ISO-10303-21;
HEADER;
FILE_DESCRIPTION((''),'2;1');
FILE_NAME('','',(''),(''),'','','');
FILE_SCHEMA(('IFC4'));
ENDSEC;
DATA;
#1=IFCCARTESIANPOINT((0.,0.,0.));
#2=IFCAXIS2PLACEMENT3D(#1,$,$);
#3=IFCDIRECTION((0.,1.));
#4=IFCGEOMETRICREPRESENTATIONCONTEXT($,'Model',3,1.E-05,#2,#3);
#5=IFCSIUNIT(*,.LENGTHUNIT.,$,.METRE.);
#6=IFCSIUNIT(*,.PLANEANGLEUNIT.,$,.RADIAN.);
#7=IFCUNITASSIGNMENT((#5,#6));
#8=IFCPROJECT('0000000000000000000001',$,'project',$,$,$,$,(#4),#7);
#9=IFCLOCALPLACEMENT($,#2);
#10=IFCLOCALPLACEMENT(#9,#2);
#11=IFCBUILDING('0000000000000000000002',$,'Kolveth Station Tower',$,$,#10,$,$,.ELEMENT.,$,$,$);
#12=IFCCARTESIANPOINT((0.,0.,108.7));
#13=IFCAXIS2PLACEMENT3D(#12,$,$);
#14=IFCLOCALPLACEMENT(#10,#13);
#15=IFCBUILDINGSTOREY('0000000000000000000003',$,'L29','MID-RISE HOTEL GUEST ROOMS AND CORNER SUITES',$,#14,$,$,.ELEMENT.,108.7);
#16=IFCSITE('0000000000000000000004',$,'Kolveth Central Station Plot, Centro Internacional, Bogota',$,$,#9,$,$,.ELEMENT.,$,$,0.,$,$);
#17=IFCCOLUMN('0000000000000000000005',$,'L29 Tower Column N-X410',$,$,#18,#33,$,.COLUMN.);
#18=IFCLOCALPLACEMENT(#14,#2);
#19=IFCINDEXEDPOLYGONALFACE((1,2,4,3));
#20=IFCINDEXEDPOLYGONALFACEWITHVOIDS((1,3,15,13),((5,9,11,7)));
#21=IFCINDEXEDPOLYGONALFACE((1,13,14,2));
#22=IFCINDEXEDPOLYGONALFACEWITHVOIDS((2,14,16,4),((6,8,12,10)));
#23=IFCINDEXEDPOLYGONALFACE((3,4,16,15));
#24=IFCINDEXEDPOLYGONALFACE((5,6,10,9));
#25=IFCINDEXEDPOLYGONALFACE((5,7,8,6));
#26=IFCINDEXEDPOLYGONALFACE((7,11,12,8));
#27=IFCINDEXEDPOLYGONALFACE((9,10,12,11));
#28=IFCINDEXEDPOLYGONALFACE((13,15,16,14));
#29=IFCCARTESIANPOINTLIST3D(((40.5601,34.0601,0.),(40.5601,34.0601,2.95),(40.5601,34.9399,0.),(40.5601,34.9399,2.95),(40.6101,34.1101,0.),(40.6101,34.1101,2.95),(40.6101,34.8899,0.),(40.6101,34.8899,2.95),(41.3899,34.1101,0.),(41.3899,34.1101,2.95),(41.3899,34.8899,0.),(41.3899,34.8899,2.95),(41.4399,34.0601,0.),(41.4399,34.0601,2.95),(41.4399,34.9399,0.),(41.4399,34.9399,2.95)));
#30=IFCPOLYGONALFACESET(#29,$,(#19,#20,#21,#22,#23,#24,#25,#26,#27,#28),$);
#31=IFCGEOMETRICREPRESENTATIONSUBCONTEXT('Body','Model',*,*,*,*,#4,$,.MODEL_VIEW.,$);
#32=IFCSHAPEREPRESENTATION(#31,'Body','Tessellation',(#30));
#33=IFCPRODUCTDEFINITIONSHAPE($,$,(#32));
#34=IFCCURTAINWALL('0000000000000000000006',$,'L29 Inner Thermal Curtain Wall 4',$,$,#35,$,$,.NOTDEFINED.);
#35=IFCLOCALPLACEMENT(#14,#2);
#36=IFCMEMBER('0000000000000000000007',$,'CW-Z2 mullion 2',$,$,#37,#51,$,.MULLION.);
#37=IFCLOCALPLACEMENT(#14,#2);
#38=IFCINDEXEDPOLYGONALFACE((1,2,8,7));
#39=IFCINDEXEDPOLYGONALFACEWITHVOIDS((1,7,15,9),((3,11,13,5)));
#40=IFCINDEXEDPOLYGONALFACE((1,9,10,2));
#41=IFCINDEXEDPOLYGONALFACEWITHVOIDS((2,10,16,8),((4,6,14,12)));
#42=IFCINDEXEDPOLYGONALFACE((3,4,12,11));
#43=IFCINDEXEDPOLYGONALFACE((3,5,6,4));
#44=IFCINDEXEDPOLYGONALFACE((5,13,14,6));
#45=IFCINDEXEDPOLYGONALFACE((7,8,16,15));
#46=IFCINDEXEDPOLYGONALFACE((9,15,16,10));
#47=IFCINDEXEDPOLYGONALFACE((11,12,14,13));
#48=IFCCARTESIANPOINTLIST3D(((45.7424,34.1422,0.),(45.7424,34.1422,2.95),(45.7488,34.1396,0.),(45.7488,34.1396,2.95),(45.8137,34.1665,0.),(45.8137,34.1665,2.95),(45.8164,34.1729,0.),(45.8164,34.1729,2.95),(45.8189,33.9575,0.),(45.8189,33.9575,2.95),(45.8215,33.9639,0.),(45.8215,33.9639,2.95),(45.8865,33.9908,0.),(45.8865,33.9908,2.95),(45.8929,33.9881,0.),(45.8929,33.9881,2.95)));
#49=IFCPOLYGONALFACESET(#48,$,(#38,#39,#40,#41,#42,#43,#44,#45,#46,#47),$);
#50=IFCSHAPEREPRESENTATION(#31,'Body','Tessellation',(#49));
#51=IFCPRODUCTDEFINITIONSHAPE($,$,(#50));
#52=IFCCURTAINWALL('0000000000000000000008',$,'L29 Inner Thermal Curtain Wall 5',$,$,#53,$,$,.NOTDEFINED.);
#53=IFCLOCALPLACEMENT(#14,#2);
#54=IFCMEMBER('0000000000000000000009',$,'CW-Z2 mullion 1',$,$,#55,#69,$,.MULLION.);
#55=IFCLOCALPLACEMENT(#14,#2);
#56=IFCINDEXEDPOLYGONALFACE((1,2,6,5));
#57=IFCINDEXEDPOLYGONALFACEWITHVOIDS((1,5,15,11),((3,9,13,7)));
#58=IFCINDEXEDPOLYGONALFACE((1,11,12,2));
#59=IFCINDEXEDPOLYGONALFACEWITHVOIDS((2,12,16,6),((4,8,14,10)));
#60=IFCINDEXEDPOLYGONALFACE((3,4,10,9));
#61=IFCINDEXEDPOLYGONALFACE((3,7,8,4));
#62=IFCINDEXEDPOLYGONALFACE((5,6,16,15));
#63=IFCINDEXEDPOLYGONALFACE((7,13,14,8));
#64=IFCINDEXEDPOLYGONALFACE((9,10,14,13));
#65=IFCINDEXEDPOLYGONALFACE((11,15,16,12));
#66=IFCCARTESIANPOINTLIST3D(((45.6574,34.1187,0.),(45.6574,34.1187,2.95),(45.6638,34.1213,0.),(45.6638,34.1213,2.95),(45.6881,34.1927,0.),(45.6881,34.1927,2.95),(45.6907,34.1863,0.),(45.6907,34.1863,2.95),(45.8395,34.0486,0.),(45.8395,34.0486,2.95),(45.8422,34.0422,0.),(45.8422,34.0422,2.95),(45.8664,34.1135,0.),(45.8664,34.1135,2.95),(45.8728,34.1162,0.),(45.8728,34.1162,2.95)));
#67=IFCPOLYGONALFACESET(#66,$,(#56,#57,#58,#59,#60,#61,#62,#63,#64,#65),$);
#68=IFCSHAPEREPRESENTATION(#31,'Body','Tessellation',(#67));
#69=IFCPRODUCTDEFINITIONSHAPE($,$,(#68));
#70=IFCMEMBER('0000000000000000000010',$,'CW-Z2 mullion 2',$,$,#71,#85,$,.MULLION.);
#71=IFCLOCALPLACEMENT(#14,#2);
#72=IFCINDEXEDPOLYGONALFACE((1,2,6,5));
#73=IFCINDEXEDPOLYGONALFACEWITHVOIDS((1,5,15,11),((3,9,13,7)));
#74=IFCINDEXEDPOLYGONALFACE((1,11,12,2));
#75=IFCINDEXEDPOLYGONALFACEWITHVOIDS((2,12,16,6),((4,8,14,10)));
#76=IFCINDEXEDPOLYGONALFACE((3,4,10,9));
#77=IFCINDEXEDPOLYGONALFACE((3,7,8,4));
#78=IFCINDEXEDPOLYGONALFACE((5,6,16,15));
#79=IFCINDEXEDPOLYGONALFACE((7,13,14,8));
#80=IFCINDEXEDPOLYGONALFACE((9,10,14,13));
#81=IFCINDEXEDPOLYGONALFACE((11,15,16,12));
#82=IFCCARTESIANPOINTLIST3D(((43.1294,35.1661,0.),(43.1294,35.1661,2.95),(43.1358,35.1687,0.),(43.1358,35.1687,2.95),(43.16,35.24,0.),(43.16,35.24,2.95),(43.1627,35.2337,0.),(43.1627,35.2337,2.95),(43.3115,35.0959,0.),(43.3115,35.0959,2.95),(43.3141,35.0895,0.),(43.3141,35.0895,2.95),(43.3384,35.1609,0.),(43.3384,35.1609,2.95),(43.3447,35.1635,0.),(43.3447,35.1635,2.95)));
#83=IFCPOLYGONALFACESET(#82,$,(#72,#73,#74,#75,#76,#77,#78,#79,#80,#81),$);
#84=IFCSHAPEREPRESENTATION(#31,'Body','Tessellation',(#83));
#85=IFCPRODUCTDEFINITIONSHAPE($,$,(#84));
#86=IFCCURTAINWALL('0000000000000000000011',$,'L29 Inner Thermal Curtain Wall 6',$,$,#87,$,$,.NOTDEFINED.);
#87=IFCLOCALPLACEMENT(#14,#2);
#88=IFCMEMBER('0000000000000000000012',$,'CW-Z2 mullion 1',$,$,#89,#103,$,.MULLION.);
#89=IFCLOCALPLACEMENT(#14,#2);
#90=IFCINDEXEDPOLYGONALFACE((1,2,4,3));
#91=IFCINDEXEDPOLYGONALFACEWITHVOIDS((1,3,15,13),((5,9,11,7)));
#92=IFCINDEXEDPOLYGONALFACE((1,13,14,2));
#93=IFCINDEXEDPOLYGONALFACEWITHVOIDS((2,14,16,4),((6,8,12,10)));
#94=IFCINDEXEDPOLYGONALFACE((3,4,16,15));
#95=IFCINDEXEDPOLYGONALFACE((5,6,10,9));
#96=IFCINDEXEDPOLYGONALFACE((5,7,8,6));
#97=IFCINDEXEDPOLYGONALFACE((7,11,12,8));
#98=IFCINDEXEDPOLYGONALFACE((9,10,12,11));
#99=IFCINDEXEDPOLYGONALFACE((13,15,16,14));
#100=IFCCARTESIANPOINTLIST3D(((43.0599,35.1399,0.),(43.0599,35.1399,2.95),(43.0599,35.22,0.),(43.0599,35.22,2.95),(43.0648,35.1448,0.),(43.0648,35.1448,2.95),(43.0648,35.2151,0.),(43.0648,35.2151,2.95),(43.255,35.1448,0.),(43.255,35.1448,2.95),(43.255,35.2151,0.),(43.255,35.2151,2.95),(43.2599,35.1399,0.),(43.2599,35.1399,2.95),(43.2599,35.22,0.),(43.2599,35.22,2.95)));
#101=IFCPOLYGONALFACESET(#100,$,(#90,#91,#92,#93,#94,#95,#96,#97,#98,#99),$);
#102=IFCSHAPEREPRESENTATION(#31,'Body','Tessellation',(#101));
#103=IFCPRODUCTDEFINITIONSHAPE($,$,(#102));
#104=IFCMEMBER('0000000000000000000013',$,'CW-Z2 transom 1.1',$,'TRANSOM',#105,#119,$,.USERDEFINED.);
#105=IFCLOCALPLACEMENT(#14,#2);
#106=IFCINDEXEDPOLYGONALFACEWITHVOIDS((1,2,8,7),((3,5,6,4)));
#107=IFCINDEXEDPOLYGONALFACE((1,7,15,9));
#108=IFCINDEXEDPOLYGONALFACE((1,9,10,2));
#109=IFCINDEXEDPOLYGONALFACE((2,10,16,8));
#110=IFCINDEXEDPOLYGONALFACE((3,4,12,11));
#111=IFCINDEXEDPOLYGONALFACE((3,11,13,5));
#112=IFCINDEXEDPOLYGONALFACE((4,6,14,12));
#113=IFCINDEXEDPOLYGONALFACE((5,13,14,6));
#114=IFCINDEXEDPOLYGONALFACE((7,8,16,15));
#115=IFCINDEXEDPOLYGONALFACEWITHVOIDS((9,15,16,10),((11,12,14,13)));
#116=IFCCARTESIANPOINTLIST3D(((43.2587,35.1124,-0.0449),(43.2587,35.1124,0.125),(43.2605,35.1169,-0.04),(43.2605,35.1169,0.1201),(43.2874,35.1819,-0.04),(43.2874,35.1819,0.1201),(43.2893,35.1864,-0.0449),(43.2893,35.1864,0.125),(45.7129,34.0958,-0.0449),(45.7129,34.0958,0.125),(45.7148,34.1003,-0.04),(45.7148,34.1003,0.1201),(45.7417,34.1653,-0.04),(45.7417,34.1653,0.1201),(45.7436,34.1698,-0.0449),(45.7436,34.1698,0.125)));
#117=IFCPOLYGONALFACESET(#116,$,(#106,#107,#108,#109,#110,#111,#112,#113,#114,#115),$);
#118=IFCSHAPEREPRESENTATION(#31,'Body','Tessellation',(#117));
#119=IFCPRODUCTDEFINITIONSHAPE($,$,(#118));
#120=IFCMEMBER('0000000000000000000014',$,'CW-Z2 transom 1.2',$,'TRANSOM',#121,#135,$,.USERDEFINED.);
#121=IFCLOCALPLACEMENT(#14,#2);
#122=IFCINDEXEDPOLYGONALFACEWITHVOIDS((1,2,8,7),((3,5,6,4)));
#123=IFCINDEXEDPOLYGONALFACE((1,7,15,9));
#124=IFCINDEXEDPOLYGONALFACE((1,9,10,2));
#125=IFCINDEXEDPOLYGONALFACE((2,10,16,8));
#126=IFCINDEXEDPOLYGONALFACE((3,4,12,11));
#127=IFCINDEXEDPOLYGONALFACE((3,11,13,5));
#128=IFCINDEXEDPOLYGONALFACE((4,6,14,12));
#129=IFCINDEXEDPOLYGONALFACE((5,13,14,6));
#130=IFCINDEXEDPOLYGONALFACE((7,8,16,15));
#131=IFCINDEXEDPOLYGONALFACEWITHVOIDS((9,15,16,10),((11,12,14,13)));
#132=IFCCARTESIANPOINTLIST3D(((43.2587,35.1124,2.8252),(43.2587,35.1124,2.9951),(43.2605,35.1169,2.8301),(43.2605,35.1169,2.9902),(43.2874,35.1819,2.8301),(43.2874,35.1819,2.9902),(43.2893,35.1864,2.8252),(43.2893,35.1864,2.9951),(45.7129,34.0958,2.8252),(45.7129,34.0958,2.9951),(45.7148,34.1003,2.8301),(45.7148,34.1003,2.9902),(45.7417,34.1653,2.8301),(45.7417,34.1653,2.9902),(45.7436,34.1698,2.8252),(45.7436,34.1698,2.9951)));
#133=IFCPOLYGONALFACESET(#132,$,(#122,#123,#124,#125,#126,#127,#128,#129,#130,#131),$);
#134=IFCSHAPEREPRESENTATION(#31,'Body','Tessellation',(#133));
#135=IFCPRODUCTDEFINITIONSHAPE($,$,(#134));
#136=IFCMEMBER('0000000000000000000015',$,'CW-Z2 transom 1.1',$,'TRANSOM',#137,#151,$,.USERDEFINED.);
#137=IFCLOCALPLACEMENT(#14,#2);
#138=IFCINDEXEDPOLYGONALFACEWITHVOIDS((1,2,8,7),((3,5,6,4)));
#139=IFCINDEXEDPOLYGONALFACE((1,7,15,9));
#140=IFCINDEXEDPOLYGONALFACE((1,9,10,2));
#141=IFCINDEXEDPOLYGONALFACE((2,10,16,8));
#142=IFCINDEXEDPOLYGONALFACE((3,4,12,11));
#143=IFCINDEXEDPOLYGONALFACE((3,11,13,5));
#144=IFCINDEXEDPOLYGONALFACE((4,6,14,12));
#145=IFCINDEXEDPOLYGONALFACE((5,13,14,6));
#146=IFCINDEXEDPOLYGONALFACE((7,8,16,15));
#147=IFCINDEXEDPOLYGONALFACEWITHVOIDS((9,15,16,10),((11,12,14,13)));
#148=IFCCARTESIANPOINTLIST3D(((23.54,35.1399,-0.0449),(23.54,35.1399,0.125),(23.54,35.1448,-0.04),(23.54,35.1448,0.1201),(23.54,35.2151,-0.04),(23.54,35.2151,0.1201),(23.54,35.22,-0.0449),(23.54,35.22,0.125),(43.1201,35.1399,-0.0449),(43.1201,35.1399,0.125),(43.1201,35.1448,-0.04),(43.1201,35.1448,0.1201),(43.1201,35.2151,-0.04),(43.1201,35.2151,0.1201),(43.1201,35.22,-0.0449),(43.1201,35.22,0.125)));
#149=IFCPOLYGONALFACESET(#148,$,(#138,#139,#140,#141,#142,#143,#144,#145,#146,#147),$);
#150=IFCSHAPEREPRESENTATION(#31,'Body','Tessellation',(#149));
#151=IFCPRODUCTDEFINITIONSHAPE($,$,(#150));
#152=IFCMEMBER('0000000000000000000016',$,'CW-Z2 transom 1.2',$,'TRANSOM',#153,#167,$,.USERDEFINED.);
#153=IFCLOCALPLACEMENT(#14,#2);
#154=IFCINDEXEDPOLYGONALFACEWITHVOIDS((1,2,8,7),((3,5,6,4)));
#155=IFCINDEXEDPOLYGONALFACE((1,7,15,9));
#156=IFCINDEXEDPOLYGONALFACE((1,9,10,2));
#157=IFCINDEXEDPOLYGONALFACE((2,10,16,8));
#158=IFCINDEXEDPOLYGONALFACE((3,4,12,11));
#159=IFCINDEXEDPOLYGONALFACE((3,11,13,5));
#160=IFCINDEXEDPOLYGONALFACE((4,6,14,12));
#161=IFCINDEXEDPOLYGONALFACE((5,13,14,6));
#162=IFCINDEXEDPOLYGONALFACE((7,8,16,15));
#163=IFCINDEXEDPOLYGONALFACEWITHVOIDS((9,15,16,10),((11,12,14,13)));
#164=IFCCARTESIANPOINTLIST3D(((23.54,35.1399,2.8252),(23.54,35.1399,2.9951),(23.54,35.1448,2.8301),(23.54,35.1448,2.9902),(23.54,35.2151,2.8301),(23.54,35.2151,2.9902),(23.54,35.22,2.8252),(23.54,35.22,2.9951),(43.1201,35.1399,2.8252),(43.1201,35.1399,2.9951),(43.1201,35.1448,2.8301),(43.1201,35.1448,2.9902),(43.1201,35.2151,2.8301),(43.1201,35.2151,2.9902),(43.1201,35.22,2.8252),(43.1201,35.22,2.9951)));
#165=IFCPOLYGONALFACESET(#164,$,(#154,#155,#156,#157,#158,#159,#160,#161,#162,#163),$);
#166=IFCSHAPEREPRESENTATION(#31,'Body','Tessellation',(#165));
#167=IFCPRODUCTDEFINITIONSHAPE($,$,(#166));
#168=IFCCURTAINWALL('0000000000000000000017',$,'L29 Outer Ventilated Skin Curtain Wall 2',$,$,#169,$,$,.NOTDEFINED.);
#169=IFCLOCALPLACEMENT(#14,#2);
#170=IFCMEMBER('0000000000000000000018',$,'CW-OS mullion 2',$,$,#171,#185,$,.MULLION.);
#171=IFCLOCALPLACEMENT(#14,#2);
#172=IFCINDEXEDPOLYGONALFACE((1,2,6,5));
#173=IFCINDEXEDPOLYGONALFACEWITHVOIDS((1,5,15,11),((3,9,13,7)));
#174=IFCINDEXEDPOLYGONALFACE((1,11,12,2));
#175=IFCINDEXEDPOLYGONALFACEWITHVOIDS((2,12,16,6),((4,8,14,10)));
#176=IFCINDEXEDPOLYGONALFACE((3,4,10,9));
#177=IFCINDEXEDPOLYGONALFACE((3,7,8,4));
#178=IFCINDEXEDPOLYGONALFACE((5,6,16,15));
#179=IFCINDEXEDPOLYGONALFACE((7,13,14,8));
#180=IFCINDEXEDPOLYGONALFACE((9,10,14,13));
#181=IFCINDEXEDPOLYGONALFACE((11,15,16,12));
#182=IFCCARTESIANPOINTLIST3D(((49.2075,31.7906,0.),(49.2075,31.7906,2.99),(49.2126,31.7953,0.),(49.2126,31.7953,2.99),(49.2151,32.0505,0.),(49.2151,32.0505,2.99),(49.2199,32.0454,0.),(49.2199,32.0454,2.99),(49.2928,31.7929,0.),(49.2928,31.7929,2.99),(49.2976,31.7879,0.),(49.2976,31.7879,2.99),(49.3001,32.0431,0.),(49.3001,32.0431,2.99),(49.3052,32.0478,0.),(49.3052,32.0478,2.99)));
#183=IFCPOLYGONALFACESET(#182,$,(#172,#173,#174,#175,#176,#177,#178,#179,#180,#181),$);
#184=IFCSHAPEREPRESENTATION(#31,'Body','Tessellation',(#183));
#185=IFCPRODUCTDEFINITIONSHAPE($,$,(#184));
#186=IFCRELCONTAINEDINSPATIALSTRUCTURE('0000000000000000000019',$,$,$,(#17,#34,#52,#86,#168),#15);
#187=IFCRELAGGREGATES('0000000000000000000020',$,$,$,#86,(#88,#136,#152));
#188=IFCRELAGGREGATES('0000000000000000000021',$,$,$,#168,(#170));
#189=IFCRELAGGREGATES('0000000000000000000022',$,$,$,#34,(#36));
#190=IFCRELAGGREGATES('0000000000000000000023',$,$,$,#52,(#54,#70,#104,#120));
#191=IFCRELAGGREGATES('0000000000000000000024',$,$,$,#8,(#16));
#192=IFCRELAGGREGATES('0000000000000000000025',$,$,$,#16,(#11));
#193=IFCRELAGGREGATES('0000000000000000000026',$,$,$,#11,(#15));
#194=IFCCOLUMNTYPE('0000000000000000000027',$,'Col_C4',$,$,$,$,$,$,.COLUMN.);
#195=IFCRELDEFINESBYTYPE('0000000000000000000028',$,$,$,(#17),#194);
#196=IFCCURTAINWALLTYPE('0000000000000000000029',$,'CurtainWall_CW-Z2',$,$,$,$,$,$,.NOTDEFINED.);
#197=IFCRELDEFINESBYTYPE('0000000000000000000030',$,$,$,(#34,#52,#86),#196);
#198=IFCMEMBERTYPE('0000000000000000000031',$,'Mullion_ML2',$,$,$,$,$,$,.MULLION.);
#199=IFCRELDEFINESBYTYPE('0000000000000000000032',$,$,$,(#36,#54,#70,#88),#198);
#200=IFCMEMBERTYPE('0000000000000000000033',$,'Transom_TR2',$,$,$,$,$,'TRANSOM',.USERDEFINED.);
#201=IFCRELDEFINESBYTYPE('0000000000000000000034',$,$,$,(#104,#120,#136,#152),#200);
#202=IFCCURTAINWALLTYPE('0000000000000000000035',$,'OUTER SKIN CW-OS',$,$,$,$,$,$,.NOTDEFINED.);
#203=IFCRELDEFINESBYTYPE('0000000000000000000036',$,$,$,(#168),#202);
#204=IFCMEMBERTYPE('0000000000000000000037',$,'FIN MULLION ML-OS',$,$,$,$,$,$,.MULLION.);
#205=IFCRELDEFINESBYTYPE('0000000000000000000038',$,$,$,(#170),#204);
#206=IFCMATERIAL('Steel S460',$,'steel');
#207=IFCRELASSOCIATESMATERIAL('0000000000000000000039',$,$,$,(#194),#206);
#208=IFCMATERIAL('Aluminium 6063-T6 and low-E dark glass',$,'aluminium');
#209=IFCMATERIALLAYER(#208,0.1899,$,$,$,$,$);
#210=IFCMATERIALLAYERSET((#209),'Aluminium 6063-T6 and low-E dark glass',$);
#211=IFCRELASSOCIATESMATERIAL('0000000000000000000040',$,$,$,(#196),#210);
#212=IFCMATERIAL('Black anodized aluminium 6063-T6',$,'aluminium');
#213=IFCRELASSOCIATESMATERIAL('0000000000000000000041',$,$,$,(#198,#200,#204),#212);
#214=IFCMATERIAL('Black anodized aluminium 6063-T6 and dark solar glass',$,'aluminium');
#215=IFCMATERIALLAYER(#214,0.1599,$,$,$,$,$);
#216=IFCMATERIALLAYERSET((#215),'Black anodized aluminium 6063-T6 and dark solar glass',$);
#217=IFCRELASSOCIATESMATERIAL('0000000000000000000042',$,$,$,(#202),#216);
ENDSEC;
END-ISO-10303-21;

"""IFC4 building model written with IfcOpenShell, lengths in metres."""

from ifc_helpers import new_model, si_unit, direction, frame, origin, origin_2d, place, context, subcontext, project, spatial, hollow_rectangle, extrude, source, transform, mapped, material, layer, layer_set, material_profile, profile_set, type_object, element, aggregate, save


model = new_model("IFC4")

# Units and contexts
model_context = context("Model", 3, precision=1e-05, world=origin(), true_north=direction((0.0, 1.0)))
body_context = subcontext(model_context, "Body", "Model", "MODEL_VIEW")
ifc_project = project(units=[si_unit("LENGTHUNIT", "METRE"), si_unit("PLANEANGLEUNIT", "RADIAN")], contexts=[model_context])

# Site, building, storey
site_placement = place(None, origin())
site = spatial("IfcSite", under=ifc_project, at=site_placement, Name="Kolveth Central Station Plot, Centro Internacional, Bogota", CompositionType="ELEMENT", RefElevation=0.0)
building_placement = place(site_placement, origin())
building = spatial("IfcBuilding", under=site, at=building_placement, Name="Kolveth Station Tower", CompositionType="ELEMENT")
storey_placement = place(building_placement, frame((0.0, 0.0, 108.7)))
storey = spatial("IfcBuildingStorey", under=building, at=storey_placement, Name="L29", Description="MID-RISE HOTEL GUEST ROOMS AND CORNER SUITES", CompositionType="ELEMENT", Elevation=108.7)

# Column
ifc_material_1 = material(Name="Steel S460", Category="steel")
ifc_material_profile_1 = material_profile(ifc_material_1, hollow_rectangle(XDim=0.8799, YDim=0.8799, WallThickness=0.05, at=origin_2d()), Name="BOX880x880x50")
ifc_profile_set_1 = profile_set([ifc_material_profile_1], Name="Steel S460")
column_type = type_object("IfcColumnType", Name="Col_C4", PredefinedType="COLUMN", material=ifc_profile_set_1)
shared_shape_1 = source(origin(), body_context, "Body", "SweptSolid", [
    extrude(hollow_rectangle(XDim=0.8799, YDim=0.8799, WallThickness=0.05, at=origin_2d()), origin(), (0.0, 0.0, 1.0), 2.95),
])
column_placement = place(storey_placement, frame((41.0, 34.5, 0.0), z_axis=(0.0, 0.0, 1.0), x_axis=(1.0, 0.0, 0.0)))
element("IfcColumn", 1, at=column_placement, inside=storey, type_object=column_type, Name="L29 Tower Column N-X410", PredefinedType="COLUMN", context=body_context, shape_type="MappedRepresentation", body=[
    mapped(shared_shape_1, transform((0.0, 0.0, 0.0), x_axis=(1.0, 0.0, 0.0), y_axis=(0.0, 1.0, 0.0), z_axis=(0.0, 0.0, 1.0), scale=1.0)),
])

# Curtain wall, member
ifc_material_2 = material(Name="Aluminium 6063-T6 and low-E dark glass", Category="aluminium")
ifc_layer_1 = layer(ifc_material_2, 0.1899)
ifc_layer_set_1 = layer_set([ifc_layer_1], Name="Aluminium 6063-T6 and low-E dark glass")
curtain_wall_type_1 = type_object("IfcCurtainWallType", Name="CurtainWall_CW-Z2", PredefinedType="NOTDEFINED", material=ifc_layer_set_1)
curtain_wall_1_placement = place(storey_placement, origin())
curtain_wall_1 = element("IfcCurtainWall", 2, at=curtain_wall_1_placement, inside=storey, type_object=curtain_wall_type_1, Name="L29 Inner Thermal Curtain Wall 4", PredefinedType="NOTDEFINED")
ifc_material_3 = material(Name="Black anodized aluminium 6063-T6", Category="aluminium")
ifc_material_profile_2 = material_profile(ifc_material_3, hollow_rectangle(XDim=0.0801, YDim=0.2, WallThickness=0.0049, at=origin_2d()), Name="ALU-80x200x5")
ifc_profile_set_2 = profile_set([ifc_material_profile_2], Name="Black anodized aluminium 6063-T6")
member_type_1 = type_object("IfcMemberType", Name="Mullion_ML2", PredefinedType="MULLION", material=ifc_profile_set_2)
shared_shape_2 = source(origin(), body_context, "Body", "SweptSolid", [
    extrude(hollow_rectangle(XDim=0.0801, YDim=0.2, WallThickness=0.0049, at=origin_2d()), origin(), (0.0, 0.0, 1.0), 2.95),
])
member_1_placement = place(storey_placement, frame((45.8176, 34.0652, 0.0), z_axis=(0.0, 0.0, 1.0), x_axis=(-0.923888, -0.382663, 0.0)))
member_1 = element("IfcMember", 3, at=member_1_placement, type_object=member_type_1, Name="CW-Z2 mullion 2", PredefinedType="MULLION", context=body_context, shape_type="MappedRepresentation", body=[
    mapped(shared_shape_2, transform((0.0, 0.0, 0.0), x_axis=(1.0, 0.0, 0.0), y_axis=(0.0, 1.0, 0.0), z_axis=(0.0, 0.0, 1.0), scale=1.0)),
])

# Curtain wall, members
curtain_wall_2_placement = place(storey_placement, origin())
curtain_wall_2 = element("IfcCurtainWall", 4, at=curtain_wall_2_placement, inside=storey, type_object=curtain_wall_type_1, Name="L29 Inner Thermal Curtain Wall 5", PredefinedType="NOTDEFINED")
member_2_placement = place(storey_placement, frame((45.7651, 34.1174, 0.0), z_axis=(0.0, 0.0, 1.0), x_axis=(-0.382663, -0.923888, 0.0)))
member_2 = element("IfcMember", 5, at=member_2_placement, type_object=member_type_1, Name="CW-Z2 mullion 1", PredefinedType="MULLION", context=body_context, shape_type="MappedRepresentation", body=[
    mapped(shared_shape_2, transform((0.0, 0.0, 0.0), x_axis=(1.0, 0.0, 0.0), y_axis=(0.0, 1.0, 0.0), z_axis=(0.0, 0.0, 1.0), scale=1.0)),
])
member_3_placement = place(storey_placement, frame((43.2371, 35.1648, 0.0), z_axis=(0.0, 0.0, 1.0), x_axis=(-0.382663, -0.923888, 0.0)))
member_3 = element("IfcMember", 6, at=member_3_placement, type_object=member_type_1, Name="CW-Z2 mullion 2", PredefinedType="MULLION", context=body_context, shape_type="MappedRepresentation", body=[
    mapped(shared_shape_2, transform((0.0, 0.0, 0.0), x_axis=(1.0, 0.0, 0.0), y_axis=(0.0, 1.0, 0.0), z_axis=(0.0, 0.0, 1.0), scale=1.0)),
])

# Curtain wall, member
curtain_wall_3_placement = place(storey_placement, origin())
curtain_wall_3 = element("IfcCurtainWall", 7, at=curtain_wall_3_placement, inside=storey, type_object=curtain_wall_type_1, Name="L29 Inner Thermal Curtain Wall 6", PredefinedType="NOTDEFINED")
member_4_placement = place(storey_placement, frame((43.1599, 35.1799, 0.0), z_axis=(0.0, 0.0, 1.0), x_axis=(0.0, -1.0, 0.0)))
member_4 = element("IfcMember", 8, at=member_4_placement, type_object=member_type_1, Name="CW-Z2 mullion 1", PredefinedType="MULLION", context=body_context, shape_type="MappedRepresentation", body=[
    mapped(shared_shape_2, transform((0.0, 0.0, 0.0), x_axis=(1.0, 0.0, 0.0), y_axis=(0.0, 1.0, 0.0), z_axis=(0.0, 0.0, 1.0), scale=1.0)),
])

# Members
ifc_material_profile_3 = material_profile(ifc_material_3, hollow_rectangle(XDim=0.0801, YDim=0.1699, WallThickness=0.0049, at=origin_2d()), Name="ALU-80x170x5")
ifc_profile_set_3 = profile_set([ifc_material_profile_3], Name="Black anodized aluminium 6063-T6")
member_type_2 = type_object("IfcMemberType", Name="Transom_TR2", ElementType="TRANSOM", PredefinedType="USERDEFINED", material=ifc_profile_set_3)
shared_shape_3 = source(origin(), body_context, "Body", "SweptSolid", [
    extrude(hollow_rectangle(XDim=0.0801, YDim=0.1699, WallThickness=0.0049, at=origin_2d()), origin(), (0.0, 0.0, 1.0), 2.6565),
])
member_5_placement = place(storey_placement, frame((45.7283, 34.1328, 0.04), z_axis=(-0.923882, 0.382676, 0.0), x_axis=(-0.382676, -0.923882, 0.0)))
member_5 = element("IfcMember", 9, at=member_5_placement, type_object=member_type_2, Name="CW-Z2 transom 1.1", ObjectType="TRANSOM", PredefinedType="USERDEFINED", context=body_context, shape_type="MappedRepresentation", body=[
    mapped(shared_shape_3, transform((0.0, 0.0, 0.0), x_axis=(1.0, 0.0, 0.0), y_axis=(0.0, 1.0, 0.0), z_axis=(0.0, 0.0, 1.0), scale=1.0)),
])
member_6_placement = place(storey_placement, frame((45.7283, 34.1328, 2.9102), z_axis=(-0.923882, 0.382676, 0.0), x_axis=(-0.382676, -0.923882, 0.0)))
member_6 = element("IfcMember", 10, at=member_6_placement, type_object=member_type_2, Name="CW-Z2 transom 1.2", ObjectType="TRANSOM", PredefinedType="USERDEFINED", context=body_context, shape_type="MappedRepresentation", body=[
    mapped(shared_shape_3, transform((0.0, 0.0, 0.0), x_axis=(1.0, 0.0, 0.0), y_axis=(0.0, 1.0, 0.0), z_axis=(0.0, 0.0, 1.0), scale=1.0)),
])
shared_shape_4 = source(origin(), body_context, "Body", "SweptSolid", [
    extrude(hollow_rectangle(XDim=0.0801, YDim=0.1699, WallThickness=0.0049, at=origin_2d()), origin(), (0.0, 0.0, 1.0), 19.5801),
])
member_7_placement = place(storey_placement, frame((43.1201, 35.1799, 0.04), z_axis=(-1.0, 0.0, 0.0), x_axis=(0.0, -1.0, 0.0)))
member_7 = element("IfcMember", 11, at=member_7_placement, type_object=member_type_2, Name="CW-Z2 transom 1.1", ObjectType="TRANSOM", PredefinedType="USERDEFINED", context=body_context, shape_type="MappedRepresentation", body=[
    mapped(shared_shape_4, transform((0.0, 0.0, 0.0), x_axis=(1.0, 0.0, 0.0), y_axis=(0.0, 1.0, 0.0), z_axis=(0.0, 0.0, 1.0), scale=1.0)),
])
member_8_placement = place(storey_placement, frame((43.1201, 35.1799, 2.9102), z_axis=(-1.0, 0.0, 0.0), x_axis=(0.0, -1.0, 0.0)))
member_8 = element("IfcMember", 12, at=member_8_placement, type_object=member_type_2, Name="CW-Z2 transom 1.2", ObjectType="TRANSOM", PredefinedType="USERDEFINED", context=body_context, shape_type="MappedRepresentation", body=[
    mapped(shared_shape_4, transform((0.0, 0.0, 0.0), x_axis=(1.0, 0.0, 0.0), y_axis=(0.0, 1.0, 0.0), z_axis=(0.0, 0.0, 1.0), scale=1.0)),
])
aggregate(curtain_wall_3, [member_4, member_7, member_8])

# Curtain wall, member
ifc_material_4 = material(Name="Black anodized aluminium 6063-T6 and dark solar glass", Category="aluminium")
ifc_layer_2 = layer(ifc_material_4, 0.1599)
ifc_layer_set_2 = layer_set([ifc_layer_2], Name="Black anodized aluminium 6063-T6 and dark solar glass")
curtain_wall_type_2 = type_object("IfcCurtainWallType", Name="OUTER SKIN CW-OS", PredefinedType="NOTDEFINED", material=ifc_layer_set_2)
curtain_wall_4_placement = place(storey_placement, origin())
curtain_wall_4 = element("IfcCurtainWall", 13, at=curtain_wall_4_placement, inside=storey, type_object=curtain_wall_type_2, Name="L29 Outer Ventilated Skin Curtain Wall 2", PredefinedType="NOTDEFINED")
ifc_material_profile_4 = material_profile(ifc_material_3, hollow_rectangle(XDim=0.0901, YDim=0.26, WallThickness=0.0049, at=origin_2d()), Name="ALU-90x260x5")
ifc_profile_set_4 = profile_set([ifc_material_profile_4], Name="Black anodized aluminium 6063-T6")
member_type_3 = type_object("IfcMemberType", Name="FIN MULLION ML-OS", PredefinedType="MULLION", material=ifc_profile_set_4)
shared_shape_5 = source(origin(), body_context, "Body", "SweptSolid", [
    extrude(hollow_rectangle(XDim=0.0901, YDim=0.26, WallThickness=0.0049, at=origin_2d()), origin(), (0.0, 0.0, 1.0), 2.99),
])
member_9_placement = place(storey_placement, frame((49.2563, 31.9192, 0.0), z_axis=(0.0, 0.0, 1.0), x_axis=(-0.999575, 0.029159, 0.0)))
member_9 = element("IfcMember", 14, at=member_9_placement, type_object=member_type_3, Name="CW-OS mullion 2", PredefinedType="MULLION", context=body_context, shape_type="MappedRepresentation", body=[
    mapped(shared_shape_5, transform((0.0, 0.0, 0.0), x_axis=(1.0, 0.0, 0.0), y_axis=(0.0, 1.0, 0.0), z_axis=(0.0, 0.0, 1.0), scale=1.0)),
])
aggregate(curtain_wall_4, [member_9])

aggregate(curtain_wall_1, [member_1])
aggregate(curtain_wall_2, [member_2, member_3, member_5, member_6])

save(model, "model.ifc")
